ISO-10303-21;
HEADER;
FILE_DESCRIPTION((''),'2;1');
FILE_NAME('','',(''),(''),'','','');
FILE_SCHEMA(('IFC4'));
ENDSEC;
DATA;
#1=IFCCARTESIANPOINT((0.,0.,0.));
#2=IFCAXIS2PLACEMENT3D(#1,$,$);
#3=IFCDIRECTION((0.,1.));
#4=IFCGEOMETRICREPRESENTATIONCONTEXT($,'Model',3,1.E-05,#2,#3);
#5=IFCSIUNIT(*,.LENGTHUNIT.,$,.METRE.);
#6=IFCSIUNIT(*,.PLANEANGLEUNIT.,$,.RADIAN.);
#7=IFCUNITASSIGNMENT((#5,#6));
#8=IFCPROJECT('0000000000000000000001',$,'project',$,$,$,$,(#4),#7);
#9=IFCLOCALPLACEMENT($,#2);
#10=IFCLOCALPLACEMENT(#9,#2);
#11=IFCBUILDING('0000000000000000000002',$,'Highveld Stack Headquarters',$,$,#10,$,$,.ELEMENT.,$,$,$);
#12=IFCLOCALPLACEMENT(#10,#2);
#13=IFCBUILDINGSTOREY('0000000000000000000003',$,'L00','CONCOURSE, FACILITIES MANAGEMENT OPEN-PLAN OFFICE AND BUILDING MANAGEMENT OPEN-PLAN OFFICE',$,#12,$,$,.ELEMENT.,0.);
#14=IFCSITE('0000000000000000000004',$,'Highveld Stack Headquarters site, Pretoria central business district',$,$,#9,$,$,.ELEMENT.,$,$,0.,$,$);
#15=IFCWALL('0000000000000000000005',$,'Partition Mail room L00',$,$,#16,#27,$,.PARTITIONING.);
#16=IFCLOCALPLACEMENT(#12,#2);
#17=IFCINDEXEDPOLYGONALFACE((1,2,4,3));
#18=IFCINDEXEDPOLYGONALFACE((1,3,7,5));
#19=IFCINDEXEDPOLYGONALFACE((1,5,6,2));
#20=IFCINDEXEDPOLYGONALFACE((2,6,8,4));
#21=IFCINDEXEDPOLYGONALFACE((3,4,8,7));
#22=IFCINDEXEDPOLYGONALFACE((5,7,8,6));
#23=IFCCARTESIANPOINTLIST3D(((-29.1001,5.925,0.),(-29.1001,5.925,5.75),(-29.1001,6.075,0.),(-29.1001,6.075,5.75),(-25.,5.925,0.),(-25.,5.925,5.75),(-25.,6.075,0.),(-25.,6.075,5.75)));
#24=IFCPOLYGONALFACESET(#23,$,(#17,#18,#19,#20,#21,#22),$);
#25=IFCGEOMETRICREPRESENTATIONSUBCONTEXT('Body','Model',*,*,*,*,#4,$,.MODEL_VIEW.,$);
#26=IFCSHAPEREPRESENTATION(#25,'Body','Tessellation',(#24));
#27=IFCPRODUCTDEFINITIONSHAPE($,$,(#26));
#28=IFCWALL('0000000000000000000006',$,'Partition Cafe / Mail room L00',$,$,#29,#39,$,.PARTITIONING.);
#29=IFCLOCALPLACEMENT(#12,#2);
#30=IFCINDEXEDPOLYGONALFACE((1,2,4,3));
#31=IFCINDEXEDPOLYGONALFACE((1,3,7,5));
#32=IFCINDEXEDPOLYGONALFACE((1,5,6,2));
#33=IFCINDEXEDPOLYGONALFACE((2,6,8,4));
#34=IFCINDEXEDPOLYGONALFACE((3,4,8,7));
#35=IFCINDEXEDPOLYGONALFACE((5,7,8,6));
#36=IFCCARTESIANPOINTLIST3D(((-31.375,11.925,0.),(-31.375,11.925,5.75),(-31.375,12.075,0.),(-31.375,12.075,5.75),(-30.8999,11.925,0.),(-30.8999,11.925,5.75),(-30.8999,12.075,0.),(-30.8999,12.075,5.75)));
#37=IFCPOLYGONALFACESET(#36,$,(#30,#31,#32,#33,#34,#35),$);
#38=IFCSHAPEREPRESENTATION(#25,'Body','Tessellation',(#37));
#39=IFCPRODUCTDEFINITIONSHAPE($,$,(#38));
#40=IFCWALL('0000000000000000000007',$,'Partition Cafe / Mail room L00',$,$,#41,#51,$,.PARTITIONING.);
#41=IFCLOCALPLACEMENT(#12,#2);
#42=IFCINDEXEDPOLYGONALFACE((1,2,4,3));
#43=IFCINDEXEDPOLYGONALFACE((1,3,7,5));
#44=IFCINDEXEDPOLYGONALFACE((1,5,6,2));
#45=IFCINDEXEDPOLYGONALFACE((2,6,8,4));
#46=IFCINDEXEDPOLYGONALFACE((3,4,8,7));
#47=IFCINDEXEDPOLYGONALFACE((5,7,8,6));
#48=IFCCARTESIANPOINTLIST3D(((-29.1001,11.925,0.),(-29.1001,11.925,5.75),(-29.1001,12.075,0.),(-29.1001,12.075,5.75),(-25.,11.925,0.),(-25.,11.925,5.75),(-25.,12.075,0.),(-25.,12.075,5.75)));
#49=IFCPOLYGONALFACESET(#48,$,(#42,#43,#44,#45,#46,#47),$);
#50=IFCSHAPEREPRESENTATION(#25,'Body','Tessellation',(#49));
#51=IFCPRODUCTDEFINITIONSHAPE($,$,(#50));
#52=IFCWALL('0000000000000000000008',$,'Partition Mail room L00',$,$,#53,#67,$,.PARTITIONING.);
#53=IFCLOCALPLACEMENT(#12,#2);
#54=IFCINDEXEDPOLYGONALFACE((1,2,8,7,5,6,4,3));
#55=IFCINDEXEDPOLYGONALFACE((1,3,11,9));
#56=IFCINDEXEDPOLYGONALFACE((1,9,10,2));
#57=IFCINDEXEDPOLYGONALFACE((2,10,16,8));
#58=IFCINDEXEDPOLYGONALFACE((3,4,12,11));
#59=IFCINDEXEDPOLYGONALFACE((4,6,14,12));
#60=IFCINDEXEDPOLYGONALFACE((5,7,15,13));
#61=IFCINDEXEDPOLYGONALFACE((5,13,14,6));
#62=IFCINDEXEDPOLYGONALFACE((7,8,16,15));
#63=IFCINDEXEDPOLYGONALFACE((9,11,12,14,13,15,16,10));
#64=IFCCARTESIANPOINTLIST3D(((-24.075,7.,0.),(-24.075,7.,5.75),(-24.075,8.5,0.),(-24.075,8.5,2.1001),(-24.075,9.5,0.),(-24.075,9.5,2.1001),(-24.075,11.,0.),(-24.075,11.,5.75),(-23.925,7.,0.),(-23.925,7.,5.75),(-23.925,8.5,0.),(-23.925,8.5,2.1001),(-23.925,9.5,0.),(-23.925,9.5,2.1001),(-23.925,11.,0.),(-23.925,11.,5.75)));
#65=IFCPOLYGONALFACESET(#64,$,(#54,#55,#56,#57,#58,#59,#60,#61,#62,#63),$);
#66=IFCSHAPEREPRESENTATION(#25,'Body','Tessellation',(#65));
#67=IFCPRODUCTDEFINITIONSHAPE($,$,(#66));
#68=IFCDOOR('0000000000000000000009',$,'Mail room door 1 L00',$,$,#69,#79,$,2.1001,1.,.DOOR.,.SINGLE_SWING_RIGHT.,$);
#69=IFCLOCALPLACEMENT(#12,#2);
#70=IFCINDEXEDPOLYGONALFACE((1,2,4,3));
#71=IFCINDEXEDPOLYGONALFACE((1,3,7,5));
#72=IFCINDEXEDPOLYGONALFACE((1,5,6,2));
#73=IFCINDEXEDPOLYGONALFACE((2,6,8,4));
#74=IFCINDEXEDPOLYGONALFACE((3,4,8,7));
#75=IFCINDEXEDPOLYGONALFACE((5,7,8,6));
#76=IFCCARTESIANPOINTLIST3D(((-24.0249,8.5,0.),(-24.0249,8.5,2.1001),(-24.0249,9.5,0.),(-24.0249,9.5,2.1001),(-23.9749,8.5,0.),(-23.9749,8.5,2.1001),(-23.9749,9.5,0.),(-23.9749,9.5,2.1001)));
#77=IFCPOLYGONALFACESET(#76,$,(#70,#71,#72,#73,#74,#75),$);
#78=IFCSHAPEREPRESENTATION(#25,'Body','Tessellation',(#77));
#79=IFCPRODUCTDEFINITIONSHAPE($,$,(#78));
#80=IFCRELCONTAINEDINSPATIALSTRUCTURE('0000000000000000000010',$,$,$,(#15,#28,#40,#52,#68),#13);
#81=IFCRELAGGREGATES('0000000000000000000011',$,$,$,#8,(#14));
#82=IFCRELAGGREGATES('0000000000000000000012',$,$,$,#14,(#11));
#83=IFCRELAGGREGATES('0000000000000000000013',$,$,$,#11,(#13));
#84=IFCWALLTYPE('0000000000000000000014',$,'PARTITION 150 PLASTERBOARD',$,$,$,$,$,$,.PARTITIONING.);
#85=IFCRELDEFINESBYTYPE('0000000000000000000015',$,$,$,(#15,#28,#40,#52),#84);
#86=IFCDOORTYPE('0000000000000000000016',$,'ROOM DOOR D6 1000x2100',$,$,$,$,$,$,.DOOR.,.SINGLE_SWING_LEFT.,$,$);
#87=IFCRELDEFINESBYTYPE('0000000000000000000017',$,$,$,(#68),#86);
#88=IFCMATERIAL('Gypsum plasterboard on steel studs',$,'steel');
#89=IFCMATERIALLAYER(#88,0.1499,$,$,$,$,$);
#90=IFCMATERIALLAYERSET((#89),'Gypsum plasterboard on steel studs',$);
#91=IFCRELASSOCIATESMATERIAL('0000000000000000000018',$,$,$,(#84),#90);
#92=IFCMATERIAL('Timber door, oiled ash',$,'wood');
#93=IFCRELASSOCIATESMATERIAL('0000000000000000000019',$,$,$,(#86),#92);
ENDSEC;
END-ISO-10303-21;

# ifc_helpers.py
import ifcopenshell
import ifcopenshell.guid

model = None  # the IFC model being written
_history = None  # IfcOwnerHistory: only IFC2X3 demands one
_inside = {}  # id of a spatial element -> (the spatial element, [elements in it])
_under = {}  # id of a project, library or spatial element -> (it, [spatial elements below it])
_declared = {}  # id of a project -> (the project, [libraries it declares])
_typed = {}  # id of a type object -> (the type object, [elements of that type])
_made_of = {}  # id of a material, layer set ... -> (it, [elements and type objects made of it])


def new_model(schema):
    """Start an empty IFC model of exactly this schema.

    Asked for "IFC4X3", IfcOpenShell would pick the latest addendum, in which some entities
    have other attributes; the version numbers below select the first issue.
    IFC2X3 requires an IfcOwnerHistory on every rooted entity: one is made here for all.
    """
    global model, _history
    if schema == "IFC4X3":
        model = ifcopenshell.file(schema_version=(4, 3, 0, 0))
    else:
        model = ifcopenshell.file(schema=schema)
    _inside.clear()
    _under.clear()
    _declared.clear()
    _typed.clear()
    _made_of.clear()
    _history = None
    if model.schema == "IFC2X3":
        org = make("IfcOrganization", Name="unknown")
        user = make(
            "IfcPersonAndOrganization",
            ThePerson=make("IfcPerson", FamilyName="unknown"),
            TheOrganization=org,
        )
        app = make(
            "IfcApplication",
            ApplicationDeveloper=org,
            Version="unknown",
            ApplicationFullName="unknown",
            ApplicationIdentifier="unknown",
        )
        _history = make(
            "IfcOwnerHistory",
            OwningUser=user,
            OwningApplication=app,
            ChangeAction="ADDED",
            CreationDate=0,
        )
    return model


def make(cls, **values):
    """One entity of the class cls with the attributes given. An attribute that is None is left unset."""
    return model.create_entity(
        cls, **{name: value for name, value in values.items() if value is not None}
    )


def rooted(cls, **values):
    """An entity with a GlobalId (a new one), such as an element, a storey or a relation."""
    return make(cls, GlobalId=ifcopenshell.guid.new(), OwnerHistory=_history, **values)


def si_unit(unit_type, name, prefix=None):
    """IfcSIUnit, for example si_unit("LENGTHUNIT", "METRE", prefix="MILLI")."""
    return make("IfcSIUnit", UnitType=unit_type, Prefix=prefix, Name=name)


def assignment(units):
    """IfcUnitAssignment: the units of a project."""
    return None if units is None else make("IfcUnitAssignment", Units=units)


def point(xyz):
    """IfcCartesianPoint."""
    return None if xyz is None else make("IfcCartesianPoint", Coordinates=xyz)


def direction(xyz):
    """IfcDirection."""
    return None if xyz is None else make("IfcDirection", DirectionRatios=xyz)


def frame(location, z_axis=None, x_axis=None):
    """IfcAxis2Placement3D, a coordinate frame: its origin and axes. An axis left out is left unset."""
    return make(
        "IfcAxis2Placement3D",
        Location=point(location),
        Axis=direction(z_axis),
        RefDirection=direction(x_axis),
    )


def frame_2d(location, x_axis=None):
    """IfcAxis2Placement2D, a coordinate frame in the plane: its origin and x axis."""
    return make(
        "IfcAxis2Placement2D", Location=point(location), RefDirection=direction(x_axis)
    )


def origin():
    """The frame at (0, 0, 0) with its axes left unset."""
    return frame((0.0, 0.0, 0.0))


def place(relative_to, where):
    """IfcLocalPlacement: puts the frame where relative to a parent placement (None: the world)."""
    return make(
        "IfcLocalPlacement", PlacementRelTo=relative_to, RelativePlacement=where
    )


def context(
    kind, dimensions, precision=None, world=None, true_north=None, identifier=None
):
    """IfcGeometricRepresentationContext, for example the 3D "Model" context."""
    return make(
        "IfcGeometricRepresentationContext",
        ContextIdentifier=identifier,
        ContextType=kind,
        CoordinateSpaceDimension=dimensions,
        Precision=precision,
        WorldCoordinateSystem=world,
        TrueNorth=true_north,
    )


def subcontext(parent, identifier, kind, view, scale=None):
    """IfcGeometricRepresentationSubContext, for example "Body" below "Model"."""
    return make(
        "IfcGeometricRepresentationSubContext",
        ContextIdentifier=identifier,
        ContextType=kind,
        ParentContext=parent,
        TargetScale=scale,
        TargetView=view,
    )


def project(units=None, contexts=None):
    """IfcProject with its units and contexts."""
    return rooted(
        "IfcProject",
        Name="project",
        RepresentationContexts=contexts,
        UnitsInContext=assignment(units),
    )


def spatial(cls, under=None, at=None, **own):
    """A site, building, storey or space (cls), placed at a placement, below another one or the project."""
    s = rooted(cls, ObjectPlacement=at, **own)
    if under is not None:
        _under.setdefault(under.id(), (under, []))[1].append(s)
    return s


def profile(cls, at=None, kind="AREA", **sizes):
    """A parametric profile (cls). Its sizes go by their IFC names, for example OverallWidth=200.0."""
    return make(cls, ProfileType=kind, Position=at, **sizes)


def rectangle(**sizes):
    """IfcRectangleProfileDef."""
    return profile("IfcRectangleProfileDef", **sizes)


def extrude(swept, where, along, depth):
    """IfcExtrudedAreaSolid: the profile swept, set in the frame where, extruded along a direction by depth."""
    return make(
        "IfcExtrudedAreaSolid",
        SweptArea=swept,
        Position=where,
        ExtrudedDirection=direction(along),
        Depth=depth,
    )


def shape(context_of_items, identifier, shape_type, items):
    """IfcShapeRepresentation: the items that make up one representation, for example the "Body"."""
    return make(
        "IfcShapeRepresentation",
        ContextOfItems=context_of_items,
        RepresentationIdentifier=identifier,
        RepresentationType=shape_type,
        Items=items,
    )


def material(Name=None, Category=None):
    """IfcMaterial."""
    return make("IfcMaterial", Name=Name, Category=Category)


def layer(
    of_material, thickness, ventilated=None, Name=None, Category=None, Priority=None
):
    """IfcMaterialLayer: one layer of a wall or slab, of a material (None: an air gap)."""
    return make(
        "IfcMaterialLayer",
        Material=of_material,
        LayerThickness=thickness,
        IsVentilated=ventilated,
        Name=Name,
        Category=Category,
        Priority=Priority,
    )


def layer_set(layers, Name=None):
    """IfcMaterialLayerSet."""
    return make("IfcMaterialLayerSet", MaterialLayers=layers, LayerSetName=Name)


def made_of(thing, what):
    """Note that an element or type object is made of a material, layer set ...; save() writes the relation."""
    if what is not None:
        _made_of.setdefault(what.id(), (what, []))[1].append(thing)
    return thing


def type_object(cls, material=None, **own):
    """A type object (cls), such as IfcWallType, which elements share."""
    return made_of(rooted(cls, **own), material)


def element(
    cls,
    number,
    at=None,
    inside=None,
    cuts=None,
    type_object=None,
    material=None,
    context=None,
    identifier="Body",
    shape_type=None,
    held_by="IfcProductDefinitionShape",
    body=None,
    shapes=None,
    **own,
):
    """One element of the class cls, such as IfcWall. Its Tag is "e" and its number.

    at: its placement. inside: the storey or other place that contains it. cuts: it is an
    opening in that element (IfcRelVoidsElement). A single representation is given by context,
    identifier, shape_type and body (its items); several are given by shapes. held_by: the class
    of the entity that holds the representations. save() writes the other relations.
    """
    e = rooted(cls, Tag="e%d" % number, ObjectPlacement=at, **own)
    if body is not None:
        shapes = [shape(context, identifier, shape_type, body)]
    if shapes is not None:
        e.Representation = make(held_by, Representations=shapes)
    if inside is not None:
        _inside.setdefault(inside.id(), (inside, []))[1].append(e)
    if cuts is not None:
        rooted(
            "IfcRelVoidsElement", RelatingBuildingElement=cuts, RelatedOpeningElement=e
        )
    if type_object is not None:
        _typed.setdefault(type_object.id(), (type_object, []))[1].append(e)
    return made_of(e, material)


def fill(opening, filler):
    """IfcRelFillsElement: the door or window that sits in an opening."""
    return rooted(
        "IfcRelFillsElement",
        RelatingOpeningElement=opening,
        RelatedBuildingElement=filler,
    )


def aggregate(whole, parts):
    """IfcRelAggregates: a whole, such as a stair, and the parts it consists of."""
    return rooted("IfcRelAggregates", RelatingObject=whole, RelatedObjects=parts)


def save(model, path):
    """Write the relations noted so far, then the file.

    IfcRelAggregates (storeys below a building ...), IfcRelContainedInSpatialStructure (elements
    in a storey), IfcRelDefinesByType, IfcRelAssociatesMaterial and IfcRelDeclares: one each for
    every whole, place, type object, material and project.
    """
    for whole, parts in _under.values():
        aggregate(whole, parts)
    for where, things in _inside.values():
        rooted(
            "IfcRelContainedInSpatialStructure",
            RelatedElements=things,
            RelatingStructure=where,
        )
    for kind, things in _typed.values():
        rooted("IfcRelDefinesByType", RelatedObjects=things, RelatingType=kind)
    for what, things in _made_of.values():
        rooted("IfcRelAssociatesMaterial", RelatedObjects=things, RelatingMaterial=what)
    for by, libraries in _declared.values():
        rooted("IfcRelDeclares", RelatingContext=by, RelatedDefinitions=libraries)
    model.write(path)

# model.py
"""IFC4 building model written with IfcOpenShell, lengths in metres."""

from ifc_helpers import new_model, si_unit, direction, frame, frame_2d, origin, place, context, subcontext, project, spatial, rectangle, extrude, material, layer, layer_set, type_object, element, fill, save


model = new_model("IFC4")

# Units and contexts
model_context = context("Model", 3, precision=1e-05, world=origin(), true_north=direction((0.0, 1.0)))
body_context = subcontext(model_context, "Body", "Model", "MODEL_VIEW")
ifc_project = project(units=[si_unit("LENGTHUNIT", "METRE"), si_unit("PLANEANGLEUNIT", "RADIAN")], contexts=[model_context])

# Site, building, storey
site_placement = place(None, origin())
site = spatial("IfcSite", under=ifc_project, at=site_placement, Name="Highveld Stack Headquarters site, Pretoria central business district", CompositionType="ELEMENT", RefElevation=0.0)
building_placement = place(site_placement, origin())
building = spatial("IfcBuilding", under=site, at=building_placement, Name="Highveld Stack Headquarters", CompositionType="ELEMENT")
storey_placement = place(building_placement, origin())
storey = spatial("IfcBuildingStorey", under=building, at=storey_placement, Name="L00", Description="CONCOURSE, FACILITIES MANAGEMENT OPEN-PLAN OFFICE AND BUILDING MANAGEMENT OPEN-PLAN OFFICE", CompositionType="ELEMENT", Elevation=0.0)

# Walls
ifc_material_1 = material(Name="Gypsum plasterboard on steel studs", Category="steel")
ifc_layer_1 = layer(ifc_material_1, 0.1499)
ifc_layer_set_1 = layer_set([ifc_layer_1], Name="Gypsum plasterboard on steel studs")
wall_type = type_object("IfcWallType", Name="PARTITION 150 PLASTERBOARD", PredefinedType="PARTITIONING", material=ifc_layer_set_1)
wall_1_placement = place(storey_placement, frame((-29.1001, 6.0, 0.0), z_axis=(0.0, 0.0, 1.0), x_axis=(1.0, 0.0, 0.0)))
element("IfcWall", 1, at=wall_1_placement, inside=storey, type_object=wall_type, Name="Partition Mail room L00", PredefinedType="PARTITIONING", context=body_context, shape_type="SweptSolid", body=[
    extrude(rectangle(XDim=4.1001, YDim=0.1499, at=frame_2d((2.05, 0.0))), origin(), (0.0, 0.0, 1.0), 5.75),
])
wall_2_placement = place(storey_placement, frame((-31.375, 12.0, 0.0), z_axis=(0.0, 0.0, 1.0), x_axis=(1.0, 0.0, 0.0)))
element("IfcWall", 2, at=wall_2_placement, inside=storey, type_object=wall_type, Name="Partition Cafe / Mail room L00", PredefinedType="PARTITIONING", context=body_context, shape_type="SweptSolid", body=[
    extrude(rectangle(XDim=0.4751, YDim=0.1499, at=frame_2d((0.2375, 0.0))), origin(), (0.0, 0.0, 1.0), 5.75),
])
wall_3_placement = place(storey_placement, frame((-29.1001, 12.0, 0.0), z_axis=(0.0, 0.0, 1.0), x_axis=(1.0, 0.0, 0.0)))
element("IfcWall", 3, at=wall_3_placement, inside=storey, type_object=wall_type, Name="Partition Cafe / Mail room L00", PredefinedType="PARTITIONING", context=body_context, shape_type="SweptSolid", body=[
    extrude(rectangle(XDim=4.1001, YDim=0.1499, at=frame_2d((2.05, 0.0))), origin(), (0.0, 0.0, 1.0), 5.75),
])

# Wall, opening, door
wall_4_placement = place(storey_placement, frame((-24.0, 7.0, 0.0), z_axis=(0.0, 0.0, 1.0), x_axis=(0.0, 1.0, 0.0)))
wall_4 = element("IfcWall", 4, at=wall_4_placement, inside=storey, type_object=wall_type, Name="Partition Mail room L00", PredefinedType="PARTITIONING", context=body_context, shape_type="SweptSolid", body=[
    extrude(rectangle(XDim=4.0, YDim=0.1499, at=frame_2d((2.0, 0.0))), origin(), (0.0, 0.0, 1.0), 5.75),
])
opening_1_placement = place(wall_4_placement, frame((1.5, 0.0, 0.0)))
opening_1 = element("IfcOpeningElement", 5, at=opening_1_placement, cuts=wall_4, PredefinedType="OPENING", context=body_context, shape_type="SweptSolid", body=[
    extrude(rectangle(XDim=1.0, YDim=2.1001, at=frame_2d((0.5, 1.05))), frame((0.0, 0.085, 0.0), z_axis=(0.0, -1.0, 0.0), x_axis=(1.0, 0.0, 0.0)), (0.0, 0.0, 1.0), 0.1699),
])
ifc_material_2 = material(Name="Timber door, oiled ash", Category="wood")
door_type_1 = type_object("IfcDoorType", Name="ROOM DOOR D6 1000x2100", OperationType="SINGLE_SWING_LEFT", PredefinedType="DOOR", material=ifc_material_2)
door_1_placement = place(opening_1_placement, origin())
door_1 = element("IfcDoor", 6, at=door_1_placement, inside=storey, type_object=door_type_1, Name="Mail room door 1 L00", OperationType="SINGLE_SWING_RIGHT", OverallHeight=2.1001, OverallWidth=1.0, PredefinedType="DOOR", context=body_context, shape_type="SweptSolid", body=[
    extrude(rectangle(XDim=1.0, YDim=2.1001, at=frame_2d((0.5, 1.05))), frame((0.0, 0.0249, 0.0), z_axis=(0.0, -1.0, 0.0), x_axis=(1.0, 0.0, 0.0)), (0.0, 0.0, 1.0), 0.05),
])
fill(opening_1, door_1)

save(model, "model.ifc")
